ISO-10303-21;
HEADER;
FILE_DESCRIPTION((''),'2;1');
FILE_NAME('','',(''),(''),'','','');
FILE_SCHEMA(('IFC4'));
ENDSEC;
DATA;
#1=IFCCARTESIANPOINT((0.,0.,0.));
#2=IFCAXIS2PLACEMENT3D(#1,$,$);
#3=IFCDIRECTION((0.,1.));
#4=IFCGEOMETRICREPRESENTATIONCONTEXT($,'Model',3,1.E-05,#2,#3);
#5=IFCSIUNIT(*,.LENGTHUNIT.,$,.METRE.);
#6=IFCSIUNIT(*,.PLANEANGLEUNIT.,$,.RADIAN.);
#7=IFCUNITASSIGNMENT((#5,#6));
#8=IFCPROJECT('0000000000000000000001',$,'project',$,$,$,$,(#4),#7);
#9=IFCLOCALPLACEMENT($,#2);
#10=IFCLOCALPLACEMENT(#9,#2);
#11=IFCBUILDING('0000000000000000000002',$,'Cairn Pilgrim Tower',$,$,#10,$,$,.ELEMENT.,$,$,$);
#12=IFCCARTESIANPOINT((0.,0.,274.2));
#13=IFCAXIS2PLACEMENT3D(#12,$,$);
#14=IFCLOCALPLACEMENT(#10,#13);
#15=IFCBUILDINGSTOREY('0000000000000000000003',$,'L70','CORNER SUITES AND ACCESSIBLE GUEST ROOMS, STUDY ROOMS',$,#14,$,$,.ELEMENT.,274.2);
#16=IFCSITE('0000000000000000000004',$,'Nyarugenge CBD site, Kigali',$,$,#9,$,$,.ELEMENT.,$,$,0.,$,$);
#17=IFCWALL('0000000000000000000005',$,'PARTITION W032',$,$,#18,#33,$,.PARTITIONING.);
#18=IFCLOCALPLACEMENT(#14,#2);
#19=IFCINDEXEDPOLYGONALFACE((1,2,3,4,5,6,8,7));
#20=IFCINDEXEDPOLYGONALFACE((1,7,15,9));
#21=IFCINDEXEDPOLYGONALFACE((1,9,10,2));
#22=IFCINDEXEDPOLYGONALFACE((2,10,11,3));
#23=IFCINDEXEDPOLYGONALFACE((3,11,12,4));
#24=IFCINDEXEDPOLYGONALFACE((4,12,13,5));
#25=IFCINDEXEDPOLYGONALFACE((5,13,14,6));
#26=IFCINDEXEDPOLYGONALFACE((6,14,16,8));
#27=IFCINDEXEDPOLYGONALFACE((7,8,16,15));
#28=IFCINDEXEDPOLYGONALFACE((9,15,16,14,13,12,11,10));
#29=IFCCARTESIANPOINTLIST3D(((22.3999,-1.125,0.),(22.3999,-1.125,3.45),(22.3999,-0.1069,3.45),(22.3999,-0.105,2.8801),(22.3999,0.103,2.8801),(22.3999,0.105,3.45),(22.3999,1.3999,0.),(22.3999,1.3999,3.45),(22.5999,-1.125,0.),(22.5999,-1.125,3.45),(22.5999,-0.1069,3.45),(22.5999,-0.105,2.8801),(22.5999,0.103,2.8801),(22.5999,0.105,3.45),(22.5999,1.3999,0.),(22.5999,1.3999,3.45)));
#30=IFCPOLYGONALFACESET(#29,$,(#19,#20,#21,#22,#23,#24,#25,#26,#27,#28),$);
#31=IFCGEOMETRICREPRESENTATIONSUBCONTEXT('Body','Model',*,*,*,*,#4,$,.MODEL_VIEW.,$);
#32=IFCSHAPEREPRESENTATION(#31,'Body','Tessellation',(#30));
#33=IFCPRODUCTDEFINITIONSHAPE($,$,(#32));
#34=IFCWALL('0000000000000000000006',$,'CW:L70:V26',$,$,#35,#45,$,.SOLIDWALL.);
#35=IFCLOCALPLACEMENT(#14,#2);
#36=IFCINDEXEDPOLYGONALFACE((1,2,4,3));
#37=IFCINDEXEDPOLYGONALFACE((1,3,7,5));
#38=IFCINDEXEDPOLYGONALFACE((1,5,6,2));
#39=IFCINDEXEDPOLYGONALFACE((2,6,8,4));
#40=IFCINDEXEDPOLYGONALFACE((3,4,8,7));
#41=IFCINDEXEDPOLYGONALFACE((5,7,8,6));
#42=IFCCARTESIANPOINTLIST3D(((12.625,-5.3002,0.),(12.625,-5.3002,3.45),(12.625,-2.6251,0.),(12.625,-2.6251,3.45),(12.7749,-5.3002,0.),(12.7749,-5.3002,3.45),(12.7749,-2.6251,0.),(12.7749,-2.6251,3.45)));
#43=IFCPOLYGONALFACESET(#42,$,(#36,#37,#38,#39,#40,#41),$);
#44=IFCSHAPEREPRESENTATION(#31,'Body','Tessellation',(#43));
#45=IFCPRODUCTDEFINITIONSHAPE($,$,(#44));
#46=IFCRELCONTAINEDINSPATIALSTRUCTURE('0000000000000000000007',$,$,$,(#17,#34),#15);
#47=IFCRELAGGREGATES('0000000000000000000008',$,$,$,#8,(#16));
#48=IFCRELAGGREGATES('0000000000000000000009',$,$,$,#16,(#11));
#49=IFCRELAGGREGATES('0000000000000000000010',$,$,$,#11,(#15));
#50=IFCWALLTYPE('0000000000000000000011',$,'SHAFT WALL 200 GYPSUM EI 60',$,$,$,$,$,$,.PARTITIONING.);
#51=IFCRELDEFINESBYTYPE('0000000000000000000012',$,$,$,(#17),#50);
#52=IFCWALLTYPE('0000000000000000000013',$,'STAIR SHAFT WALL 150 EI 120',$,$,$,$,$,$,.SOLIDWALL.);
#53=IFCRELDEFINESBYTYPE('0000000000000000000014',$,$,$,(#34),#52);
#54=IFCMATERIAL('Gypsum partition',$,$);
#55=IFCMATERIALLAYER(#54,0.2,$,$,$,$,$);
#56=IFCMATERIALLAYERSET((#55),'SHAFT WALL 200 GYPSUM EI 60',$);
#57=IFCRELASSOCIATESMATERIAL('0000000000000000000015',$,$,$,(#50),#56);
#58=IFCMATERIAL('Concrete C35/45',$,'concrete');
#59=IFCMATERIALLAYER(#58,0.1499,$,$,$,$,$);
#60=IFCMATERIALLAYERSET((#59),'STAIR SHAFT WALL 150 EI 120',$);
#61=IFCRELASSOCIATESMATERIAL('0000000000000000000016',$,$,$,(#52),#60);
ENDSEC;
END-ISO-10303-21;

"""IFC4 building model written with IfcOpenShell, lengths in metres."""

from ifc_helpers import new_model, si_unit, direction, frame, frame_2d, origin, place, context, subcontext, project, spatial, polyline, rectangle, outline, extrude, material, layer, layer_set, type_object, element, save


model = new_model("IFC4")

# Units and contexts
model_context = context("Model", 3, precision=1e-05, world=origin(), true_north=direction((0.0, 1.0)))
body_context = subcontext(model_context, "Body", "Model", "MODEL_VIEW")
ifc_project = project(units=[si_unit("LENGTHUNIT", "METRE"), si_unit("PLANEANGLEUNIT", "RADIAN")], contexts=[model_context])

# Site, building, storey
site_placement = place(None, origin())
site = spatial("IfcSite", under=ifc_project, at=site_placement, Name="Nyarugenge CBD site, Kigali", CompositionType="ELEMENT", RefElevation=0.0)
building_placement = place(site_placement, origin())
building = spatial("IfcBuilding", under=site, at=building_placement, Name="Cairn Pilgrim Tower", CompositionType="ELEMENT")
storey_placement = place(building_placement, frame((0.0, 0.0, 274.2)))
storey = spatial("IfcBuildingStorey", under=building, at=storey_placement, Name="L70", Description="CORNER SUITES AND ACCESSIBLE GUEST ROOMS, STUDY ROOMS", CompositionType="ELEMENT", Elevation=274.2)

# Shared definitions
ifc_material_1 = material(Name="Gypsum partition")

# Walls
ifc_layer_1 = layer(ifc_material_1, 0.2)
ifc_layer_set_1 = layer_set([ifc_layer_1], Name="SHAFT WALL 200 GYPSUM EI 60")
wall_type_1 = type_object("IfcWallType", Name="SHAFT WALL 200 GYPSUM EI 60", PredefinedType="PARTITIONING", material=ifc_layer_set_1)
wall_1_placement = place(storey_placement, frame((22.5, -1.125, 0.0), z_axis=(0.0, 0.0, 1.0), x_axis=(0.0, 1.0, 0.0)))
element("IfcWall", 1, at=wall_1_placement, inside=storey, type_object=wall_type_1, Name="PARTITION W032", PredefinedType="PARTITIONING", context=body_context, shape_type="SweptSolid", body=[
    extrude(outline(polyline([(0.0, 0.0), (2.5249, 0.0), (2.5249, 3.45), (1.23, 3.45), (1.228, 2.8801), (1.02, 2.8801), (1.0181, 3.45), (0.0, 3.45), (0.0, 0.0)])), frame((0.0, 0.1001, 0.0), z_axis=(0.0, -1.0, 0.0), x_axis=(1.0, 0.0, 0.0)), (0.0, 0.0, 1.0), 0.2),
])
ifc_material_2 = material(Name="Concrete C35/45", Category="concrete")
ifc_layer_2 = layer(ifc_material_2, 0.1499)
ifc_layer_set_2 = layer_set([ifc_layer_2], Name="STAIR SHAFT WALL 150 EI 120")
wall_type_2 = type_object("IfcWallType", Name="STAIR SHAFT WALL 150 EI 120", PredefinedType="SOLIDWALL", material=ifc_layer_set_2)
wall_2_placement = place(storey_placement, frame((12.7, -5.3, 0.0), z_axis=(0.0, 0.0, 1.0), x_axis=(0.0, 1.0, 0.0)))
element("IfcWall", 2, at=wall_2_placement, inside=storey, type_object=wall_type_2, Name="CW:L70:V26", PredefinedType="SOLIDWALL", context=body_context, shape_type="SweptSolid", body=[
    extrude(rectangle(XDim=2.675, YDim=0.1499, at=frame_2d((1.3374, 0.0))), origin(), (0.0, 0.0, 1.0), 3.45),
])

save(model, "model.ifc")
